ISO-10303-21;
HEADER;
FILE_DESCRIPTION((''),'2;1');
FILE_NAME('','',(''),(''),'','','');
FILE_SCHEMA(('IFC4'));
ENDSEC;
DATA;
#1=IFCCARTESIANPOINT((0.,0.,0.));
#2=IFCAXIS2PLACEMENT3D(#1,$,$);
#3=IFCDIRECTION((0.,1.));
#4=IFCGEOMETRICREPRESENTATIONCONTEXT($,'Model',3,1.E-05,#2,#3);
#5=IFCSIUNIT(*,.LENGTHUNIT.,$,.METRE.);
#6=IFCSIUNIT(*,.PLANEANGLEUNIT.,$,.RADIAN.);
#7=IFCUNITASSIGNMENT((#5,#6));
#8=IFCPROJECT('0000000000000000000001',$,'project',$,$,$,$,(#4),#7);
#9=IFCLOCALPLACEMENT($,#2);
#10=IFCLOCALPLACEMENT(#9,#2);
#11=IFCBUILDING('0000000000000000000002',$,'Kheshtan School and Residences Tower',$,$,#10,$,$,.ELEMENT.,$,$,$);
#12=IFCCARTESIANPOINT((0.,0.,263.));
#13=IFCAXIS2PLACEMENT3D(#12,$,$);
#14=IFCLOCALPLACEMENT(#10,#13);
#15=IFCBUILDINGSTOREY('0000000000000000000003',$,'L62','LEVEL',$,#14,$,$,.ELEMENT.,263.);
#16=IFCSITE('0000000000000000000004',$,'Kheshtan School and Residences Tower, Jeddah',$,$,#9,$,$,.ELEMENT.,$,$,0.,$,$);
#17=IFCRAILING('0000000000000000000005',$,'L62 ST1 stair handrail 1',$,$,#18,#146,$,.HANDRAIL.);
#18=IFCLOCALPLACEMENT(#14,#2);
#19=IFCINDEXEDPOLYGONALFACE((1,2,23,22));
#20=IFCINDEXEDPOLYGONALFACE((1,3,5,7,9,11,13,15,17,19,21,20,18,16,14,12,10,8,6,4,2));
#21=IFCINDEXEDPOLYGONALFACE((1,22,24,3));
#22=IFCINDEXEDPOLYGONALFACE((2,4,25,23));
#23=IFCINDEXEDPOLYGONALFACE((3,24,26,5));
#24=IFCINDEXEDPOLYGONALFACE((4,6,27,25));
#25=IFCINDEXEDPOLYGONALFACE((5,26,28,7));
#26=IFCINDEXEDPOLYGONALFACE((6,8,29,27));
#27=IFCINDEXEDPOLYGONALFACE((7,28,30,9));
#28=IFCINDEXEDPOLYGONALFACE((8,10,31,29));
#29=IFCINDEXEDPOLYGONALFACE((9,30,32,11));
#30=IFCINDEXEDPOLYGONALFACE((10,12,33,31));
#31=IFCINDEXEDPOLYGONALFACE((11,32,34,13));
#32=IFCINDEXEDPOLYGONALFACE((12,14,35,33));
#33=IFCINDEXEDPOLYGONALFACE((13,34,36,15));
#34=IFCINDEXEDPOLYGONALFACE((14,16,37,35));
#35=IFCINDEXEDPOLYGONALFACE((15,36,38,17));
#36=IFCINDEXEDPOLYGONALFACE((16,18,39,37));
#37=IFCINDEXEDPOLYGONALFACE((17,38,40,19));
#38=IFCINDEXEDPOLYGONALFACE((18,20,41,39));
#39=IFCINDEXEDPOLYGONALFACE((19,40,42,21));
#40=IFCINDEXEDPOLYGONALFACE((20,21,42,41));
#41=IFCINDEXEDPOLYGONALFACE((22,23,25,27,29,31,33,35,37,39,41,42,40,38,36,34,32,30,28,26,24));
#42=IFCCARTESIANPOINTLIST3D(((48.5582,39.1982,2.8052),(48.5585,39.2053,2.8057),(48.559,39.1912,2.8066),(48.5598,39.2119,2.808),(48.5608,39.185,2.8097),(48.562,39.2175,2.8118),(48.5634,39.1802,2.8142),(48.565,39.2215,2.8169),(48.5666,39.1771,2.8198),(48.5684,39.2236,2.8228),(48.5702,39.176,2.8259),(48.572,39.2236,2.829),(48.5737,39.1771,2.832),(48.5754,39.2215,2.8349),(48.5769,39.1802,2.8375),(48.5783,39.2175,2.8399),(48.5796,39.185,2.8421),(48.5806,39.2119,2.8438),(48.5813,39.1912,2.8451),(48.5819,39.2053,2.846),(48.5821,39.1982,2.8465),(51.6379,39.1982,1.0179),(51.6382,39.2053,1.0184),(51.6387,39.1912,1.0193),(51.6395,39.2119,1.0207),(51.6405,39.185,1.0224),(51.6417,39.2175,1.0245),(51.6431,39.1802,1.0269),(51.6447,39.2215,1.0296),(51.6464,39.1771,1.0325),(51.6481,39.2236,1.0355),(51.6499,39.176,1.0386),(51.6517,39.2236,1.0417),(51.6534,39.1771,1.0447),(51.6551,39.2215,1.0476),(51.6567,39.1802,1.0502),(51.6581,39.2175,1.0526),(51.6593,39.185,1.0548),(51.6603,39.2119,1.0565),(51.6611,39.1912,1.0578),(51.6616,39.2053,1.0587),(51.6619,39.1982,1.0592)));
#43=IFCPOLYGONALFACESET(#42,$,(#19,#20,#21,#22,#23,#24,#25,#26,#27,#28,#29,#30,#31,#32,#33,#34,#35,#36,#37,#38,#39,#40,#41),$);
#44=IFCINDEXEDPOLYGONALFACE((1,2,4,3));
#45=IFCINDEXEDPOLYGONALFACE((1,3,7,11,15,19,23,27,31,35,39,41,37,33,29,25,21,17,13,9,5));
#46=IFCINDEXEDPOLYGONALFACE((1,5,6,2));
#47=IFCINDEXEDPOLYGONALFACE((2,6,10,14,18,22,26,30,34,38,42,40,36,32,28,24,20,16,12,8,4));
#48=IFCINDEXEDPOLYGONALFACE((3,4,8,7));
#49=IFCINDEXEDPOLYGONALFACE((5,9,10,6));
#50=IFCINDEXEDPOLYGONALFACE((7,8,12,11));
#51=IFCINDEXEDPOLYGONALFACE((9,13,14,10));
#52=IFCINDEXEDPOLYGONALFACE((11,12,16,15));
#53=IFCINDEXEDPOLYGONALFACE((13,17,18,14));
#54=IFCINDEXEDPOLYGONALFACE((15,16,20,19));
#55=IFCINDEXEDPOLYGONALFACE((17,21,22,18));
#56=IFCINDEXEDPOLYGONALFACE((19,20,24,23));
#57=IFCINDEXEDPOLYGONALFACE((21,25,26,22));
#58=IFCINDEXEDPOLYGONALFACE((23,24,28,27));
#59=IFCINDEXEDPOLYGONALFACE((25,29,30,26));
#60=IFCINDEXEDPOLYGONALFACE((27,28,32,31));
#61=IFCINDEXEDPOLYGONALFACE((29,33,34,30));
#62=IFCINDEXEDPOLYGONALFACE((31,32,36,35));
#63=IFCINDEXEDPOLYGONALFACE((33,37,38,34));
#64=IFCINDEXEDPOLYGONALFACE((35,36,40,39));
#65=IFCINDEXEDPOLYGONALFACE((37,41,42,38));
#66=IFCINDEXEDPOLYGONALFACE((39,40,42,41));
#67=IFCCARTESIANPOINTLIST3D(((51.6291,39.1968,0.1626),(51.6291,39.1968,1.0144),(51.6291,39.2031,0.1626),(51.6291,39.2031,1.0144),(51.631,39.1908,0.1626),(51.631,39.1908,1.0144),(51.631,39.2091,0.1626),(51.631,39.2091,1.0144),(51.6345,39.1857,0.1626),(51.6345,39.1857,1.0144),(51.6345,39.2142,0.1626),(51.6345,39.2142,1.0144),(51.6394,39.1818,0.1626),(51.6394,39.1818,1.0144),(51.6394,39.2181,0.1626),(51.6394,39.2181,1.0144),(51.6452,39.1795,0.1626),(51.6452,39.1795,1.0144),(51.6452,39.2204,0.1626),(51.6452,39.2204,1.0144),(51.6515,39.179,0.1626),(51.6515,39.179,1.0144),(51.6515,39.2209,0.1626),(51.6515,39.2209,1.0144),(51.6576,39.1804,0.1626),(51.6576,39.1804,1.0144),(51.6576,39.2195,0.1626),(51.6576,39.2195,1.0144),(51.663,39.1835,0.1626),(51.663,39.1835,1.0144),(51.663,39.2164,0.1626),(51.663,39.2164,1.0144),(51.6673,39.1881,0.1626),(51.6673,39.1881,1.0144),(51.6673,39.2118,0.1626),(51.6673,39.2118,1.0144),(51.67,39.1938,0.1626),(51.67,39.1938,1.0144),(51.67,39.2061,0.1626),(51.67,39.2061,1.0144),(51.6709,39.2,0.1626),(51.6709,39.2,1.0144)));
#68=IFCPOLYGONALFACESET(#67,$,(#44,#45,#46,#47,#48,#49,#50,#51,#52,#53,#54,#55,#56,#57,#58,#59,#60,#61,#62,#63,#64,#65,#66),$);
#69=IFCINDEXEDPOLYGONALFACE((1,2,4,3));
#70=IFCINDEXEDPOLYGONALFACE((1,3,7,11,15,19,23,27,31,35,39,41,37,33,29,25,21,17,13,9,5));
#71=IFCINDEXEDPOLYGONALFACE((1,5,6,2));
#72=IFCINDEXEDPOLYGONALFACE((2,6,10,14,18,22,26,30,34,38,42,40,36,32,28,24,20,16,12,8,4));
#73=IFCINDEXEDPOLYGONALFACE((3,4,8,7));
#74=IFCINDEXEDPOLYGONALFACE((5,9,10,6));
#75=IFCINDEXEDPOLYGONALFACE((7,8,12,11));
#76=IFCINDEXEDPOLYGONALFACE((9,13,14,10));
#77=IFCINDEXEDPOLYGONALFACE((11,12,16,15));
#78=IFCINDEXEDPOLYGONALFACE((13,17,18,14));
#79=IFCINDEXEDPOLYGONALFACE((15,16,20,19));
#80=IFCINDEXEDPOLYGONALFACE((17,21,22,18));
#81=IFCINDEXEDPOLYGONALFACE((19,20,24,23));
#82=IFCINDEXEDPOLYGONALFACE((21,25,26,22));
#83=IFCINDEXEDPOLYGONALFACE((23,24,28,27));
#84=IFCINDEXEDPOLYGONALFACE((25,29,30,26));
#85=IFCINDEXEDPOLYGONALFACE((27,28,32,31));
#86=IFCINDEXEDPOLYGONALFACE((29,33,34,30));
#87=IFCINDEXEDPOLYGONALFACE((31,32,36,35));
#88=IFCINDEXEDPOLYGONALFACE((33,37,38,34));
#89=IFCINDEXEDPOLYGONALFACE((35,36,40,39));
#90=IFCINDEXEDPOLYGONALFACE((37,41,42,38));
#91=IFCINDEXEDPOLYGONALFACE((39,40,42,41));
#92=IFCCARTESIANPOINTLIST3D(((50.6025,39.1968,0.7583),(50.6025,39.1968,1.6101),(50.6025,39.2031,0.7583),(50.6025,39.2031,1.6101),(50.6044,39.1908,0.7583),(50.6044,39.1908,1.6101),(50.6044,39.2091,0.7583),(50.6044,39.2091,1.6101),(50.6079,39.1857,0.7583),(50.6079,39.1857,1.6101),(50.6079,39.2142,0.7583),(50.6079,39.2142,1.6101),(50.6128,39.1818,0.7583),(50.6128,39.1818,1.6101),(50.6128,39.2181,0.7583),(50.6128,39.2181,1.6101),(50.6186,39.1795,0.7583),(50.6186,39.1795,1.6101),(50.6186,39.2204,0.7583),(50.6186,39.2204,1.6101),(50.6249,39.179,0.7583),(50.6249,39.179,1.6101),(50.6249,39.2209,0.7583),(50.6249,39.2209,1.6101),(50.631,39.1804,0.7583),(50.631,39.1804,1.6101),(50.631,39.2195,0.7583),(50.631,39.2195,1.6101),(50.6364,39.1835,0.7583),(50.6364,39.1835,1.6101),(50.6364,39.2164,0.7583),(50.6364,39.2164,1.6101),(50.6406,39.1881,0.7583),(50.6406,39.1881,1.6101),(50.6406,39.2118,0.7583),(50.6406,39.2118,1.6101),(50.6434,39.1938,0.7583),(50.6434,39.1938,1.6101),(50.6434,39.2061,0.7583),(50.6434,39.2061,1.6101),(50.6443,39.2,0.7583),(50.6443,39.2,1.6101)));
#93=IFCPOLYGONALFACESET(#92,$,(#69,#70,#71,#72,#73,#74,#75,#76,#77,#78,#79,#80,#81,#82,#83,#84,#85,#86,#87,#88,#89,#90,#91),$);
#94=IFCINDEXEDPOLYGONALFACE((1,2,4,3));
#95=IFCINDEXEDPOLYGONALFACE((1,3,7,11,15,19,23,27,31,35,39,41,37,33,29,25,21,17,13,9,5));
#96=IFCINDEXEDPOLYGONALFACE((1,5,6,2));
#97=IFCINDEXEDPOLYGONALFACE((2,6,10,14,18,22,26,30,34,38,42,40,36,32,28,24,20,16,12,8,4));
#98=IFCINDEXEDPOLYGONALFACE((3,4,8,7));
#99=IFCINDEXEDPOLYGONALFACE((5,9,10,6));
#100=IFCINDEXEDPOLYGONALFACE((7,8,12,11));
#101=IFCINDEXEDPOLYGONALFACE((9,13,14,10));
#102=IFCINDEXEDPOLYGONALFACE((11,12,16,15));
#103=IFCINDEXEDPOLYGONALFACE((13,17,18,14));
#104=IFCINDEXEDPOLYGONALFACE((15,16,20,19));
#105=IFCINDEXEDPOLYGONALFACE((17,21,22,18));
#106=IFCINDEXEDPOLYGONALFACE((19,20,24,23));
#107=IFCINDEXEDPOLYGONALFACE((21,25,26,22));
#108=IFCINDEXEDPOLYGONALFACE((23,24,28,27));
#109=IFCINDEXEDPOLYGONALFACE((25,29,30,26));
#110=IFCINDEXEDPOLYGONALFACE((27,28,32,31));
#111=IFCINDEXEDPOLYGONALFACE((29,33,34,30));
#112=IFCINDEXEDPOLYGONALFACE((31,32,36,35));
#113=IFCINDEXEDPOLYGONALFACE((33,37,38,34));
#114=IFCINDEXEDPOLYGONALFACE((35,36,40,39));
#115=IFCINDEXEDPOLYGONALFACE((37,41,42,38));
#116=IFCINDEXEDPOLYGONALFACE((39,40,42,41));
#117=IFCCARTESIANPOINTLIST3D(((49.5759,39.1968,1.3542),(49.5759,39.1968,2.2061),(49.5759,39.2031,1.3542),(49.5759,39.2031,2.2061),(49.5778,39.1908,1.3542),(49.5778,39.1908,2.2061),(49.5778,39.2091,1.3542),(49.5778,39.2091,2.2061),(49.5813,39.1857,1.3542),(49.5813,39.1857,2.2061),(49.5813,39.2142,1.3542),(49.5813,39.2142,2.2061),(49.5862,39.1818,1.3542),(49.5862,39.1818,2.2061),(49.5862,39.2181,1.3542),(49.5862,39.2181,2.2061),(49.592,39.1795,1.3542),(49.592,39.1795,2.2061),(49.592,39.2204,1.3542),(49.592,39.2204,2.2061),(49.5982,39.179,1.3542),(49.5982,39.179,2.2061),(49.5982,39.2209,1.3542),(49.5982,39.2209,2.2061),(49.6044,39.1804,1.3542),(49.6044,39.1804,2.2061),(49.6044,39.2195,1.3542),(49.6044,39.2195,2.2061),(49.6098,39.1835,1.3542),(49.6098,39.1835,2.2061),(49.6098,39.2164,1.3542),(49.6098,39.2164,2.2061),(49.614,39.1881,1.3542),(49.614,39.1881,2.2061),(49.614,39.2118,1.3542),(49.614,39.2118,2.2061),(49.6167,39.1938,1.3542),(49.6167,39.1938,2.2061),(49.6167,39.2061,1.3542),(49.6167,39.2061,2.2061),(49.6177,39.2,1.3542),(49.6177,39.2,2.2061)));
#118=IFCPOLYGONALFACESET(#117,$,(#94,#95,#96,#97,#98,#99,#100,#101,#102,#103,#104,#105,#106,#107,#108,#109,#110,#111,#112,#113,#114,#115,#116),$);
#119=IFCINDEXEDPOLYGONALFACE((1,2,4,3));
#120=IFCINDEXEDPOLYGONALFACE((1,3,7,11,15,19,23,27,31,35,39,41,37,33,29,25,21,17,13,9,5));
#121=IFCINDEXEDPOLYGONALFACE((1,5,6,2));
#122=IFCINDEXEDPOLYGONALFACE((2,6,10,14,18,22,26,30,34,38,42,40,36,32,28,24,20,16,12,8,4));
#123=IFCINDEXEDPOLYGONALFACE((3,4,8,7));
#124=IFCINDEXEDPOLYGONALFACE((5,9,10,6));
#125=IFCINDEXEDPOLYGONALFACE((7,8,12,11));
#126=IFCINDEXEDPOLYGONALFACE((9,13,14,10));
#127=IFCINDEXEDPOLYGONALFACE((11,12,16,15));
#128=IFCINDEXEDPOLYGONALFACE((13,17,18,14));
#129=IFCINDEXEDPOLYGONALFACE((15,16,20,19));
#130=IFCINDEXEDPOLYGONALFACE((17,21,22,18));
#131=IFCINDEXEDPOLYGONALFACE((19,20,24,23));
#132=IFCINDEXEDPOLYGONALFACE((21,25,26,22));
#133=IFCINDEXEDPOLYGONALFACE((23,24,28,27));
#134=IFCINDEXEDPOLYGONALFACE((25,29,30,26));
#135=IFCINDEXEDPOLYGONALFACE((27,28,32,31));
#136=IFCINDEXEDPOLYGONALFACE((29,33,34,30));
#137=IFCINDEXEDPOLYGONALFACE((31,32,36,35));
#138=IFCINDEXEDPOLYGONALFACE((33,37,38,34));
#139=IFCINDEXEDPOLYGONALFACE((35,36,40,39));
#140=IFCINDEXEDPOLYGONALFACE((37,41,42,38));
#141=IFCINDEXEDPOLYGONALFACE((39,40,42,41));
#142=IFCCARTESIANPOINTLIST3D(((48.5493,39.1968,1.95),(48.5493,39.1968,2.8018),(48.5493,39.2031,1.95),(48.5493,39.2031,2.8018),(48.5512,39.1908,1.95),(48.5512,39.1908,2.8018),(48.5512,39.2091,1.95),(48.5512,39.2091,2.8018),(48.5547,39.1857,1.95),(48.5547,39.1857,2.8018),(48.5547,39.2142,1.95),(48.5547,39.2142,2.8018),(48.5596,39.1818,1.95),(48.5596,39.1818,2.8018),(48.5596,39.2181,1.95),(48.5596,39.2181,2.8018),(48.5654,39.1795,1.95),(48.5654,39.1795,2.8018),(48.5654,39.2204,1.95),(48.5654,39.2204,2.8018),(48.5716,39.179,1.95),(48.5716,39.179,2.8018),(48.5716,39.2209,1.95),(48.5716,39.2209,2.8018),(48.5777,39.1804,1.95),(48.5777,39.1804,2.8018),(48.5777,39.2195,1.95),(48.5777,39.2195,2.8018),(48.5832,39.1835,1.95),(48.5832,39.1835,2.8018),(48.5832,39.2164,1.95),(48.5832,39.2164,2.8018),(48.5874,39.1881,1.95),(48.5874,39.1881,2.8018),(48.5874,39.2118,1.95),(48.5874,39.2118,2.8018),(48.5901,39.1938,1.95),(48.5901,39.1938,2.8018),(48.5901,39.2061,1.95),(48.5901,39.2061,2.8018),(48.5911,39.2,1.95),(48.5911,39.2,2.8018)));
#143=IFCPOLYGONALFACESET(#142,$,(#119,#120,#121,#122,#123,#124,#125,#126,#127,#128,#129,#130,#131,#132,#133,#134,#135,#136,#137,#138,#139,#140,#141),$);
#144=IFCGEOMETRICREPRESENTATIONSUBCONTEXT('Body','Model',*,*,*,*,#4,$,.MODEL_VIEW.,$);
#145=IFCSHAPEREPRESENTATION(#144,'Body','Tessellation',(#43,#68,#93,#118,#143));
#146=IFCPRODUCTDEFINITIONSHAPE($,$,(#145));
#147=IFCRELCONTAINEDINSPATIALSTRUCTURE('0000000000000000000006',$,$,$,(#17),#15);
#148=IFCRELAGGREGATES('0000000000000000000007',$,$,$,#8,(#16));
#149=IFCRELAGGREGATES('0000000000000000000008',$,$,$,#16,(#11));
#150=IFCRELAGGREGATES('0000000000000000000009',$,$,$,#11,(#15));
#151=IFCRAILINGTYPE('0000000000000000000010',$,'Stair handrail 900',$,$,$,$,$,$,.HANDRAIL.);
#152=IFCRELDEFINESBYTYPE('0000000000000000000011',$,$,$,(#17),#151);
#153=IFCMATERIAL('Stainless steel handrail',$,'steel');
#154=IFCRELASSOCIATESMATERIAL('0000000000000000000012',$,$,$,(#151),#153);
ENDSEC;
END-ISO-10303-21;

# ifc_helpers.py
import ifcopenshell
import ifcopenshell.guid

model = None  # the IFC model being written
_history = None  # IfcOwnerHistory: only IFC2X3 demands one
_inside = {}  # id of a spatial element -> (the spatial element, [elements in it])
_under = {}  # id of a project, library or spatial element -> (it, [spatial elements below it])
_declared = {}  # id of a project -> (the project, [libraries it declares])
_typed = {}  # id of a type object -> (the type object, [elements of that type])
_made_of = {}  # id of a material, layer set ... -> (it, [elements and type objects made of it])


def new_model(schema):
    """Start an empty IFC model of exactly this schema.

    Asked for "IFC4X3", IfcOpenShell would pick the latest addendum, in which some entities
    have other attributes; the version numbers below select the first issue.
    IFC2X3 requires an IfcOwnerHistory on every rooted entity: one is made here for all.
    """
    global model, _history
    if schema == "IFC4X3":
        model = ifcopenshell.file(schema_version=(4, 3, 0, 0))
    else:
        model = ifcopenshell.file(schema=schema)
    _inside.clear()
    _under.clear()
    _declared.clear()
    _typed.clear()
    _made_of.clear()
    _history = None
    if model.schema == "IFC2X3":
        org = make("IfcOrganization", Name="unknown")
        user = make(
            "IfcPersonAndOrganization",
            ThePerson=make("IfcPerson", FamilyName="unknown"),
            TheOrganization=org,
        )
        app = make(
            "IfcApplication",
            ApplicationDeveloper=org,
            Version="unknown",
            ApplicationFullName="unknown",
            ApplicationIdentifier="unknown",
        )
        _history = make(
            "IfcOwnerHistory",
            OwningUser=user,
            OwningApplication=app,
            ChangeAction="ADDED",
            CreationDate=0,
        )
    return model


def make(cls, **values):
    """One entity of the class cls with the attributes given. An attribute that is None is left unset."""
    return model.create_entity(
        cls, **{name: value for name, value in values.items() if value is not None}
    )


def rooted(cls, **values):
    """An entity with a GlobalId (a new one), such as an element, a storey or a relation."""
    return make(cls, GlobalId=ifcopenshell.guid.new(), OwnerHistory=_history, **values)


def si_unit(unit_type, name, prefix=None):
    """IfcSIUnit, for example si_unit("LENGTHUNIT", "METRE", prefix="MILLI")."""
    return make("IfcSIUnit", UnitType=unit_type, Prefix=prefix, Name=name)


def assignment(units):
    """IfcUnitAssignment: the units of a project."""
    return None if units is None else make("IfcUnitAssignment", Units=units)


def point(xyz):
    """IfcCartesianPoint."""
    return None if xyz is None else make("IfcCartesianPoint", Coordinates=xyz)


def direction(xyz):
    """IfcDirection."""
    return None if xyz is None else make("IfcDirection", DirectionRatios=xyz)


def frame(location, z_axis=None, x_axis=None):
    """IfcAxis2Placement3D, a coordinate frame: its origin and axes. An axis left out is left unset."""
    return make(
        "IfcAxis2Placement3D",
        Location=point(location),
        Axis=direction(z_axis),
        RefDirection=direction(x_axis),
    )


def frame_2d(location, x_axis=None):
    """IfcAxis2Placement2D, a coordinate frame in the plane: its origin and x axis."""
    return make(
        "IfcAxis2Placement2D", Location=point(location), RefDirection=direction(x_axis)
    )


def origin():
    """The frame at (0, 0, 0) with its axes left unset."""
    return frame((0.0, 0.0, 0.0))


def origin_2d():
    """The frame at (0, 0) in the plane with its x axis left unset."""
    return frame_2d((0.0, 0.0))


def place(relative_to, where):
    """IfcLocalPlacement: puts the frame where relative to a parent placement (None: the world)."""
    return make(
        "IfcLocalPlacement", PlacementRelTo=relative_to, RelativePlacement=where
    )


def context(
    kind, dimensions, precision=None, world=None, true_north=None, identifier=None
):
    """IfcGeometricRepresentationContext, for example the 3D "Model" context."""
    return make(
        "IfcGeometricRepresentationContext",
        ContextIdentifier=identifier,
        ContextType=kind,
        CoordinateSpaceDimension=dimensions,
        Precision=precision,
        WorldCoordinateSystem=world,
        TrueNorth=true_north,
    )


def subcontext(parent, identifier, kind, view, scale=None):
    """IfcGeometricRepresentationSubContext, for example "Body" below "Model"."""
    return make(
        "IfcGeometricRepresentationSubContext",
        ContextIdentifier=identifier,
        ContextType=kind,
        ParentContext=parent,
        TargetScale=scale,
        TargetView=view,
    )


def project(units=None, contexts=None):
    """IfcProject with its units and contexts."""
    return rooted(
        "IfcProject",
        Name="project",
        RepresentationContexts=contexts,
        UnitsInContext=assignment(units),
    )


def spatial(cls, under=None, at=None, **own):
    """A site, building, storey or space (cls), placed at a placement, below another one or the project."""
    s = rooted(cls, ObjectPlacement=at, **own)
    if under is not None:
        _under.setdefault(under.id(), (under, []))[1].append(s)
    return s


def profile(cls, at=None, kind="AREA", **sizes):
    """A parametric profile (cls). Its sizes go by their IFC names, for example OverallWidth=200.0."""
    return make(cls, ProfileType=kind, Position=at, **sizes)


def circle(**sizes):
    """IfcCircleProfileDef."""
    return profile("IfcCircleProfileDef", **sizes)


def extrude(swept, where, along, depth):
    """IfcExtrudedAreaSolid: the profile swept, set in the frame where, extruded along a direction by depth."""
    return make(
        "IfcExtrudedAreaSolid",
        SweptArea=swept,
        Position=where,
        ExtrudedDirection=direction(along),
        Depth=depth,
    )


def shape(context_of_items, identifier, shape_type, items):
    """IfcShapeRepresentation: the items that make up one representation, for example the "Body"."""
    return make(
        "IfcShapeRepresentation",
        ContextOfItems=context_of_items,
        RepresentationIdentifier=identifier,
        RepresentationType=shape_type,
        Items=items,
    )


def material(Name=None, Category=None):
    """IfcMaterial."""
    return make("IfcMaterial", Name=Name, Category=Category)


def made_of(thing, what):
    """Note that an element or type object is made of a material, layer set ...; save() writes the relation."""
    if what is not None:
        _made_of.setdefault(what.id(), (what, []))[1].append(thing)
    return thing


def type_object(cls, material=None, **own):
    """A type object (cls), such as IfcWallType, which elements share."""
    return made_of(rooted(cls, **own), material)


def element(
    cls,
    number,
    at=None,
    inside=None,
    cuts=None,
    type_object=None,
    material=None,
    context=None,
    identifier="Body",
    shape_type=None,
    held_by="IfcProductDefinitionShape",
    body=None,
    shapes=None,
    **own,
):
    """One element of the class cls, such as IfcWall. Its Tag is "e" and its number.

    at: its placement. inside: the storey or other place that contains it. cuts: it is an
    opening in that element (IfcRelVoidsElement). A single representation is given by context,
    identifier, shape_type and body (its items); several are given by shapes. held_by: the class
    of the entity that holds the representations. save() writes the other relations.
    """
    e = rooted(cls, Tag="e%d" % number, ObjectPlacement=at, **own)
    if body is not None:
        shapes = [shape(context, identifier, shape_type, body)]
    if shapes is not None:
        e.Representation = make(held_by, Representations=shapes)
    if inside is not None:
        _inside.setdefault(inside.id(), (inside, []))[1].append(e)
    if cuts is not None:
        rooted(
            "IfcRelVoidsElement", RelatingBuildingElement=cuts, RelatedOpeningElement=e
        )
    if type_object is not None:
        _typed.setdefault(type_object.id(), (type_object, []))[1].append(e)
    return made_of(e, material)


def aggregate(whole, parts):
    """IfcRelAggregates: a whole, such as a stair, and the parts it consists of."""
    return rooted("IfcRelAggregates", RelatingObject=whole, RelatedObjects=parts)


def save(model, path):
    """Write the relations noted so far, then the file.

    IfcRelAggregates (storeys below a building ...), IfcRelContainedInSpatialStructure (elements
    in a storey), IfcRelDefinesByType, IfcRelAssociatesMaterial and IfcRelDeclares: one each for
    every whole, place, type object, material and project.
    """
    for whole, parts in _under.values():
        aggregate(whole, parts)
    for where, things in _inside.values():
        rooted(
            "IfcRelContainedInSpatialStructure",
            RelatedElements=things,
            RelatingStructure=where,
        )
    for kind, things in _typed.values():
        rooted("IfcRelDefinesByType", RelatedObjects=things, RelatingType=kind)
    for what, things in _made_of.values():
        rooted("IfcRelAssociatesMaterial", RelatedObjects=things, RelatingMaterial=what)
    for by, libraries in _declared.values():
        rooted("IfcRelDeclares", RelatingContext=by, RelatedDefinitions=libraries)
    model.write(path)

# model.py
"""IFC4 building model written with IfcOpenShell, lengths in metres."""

from ifc_helpers import new_model, si_unit, direction, frame, origin, origin_2d, place, context, subcontext, project, spatial, circle, extrude, material, type_object, element, save


model = new_model("IFC4")

# Units and contexts
model_context = context("Model", 3, precision=1e-05, world=origin(), true_north=direction((0.0, 1.0)))
body_context = subcontext(model_context, "Body", "Model", "MODEL_VIEW")
ifc_project = project(units=[si_unit("LENGTHUNIT", "METRE"), si_unit("PLANEANGLEUNIT", "RADIAN")], contexts=[model_context])

# Site, building, storey
site_placement = place(None, origin())
site = spatial("IfcSite", under=ifc_project, at=site_placement, Name="Kheshtan School and Residences Tower, Jeddah", CompositionType="ELEMENT", RefElevation=0.0)
building_placement = place(site_placement, origin())
building = spatial("IfcBuilding", under=site, at=building_placement, Name="Kheshtan School and Residences Tower", CompositionType="ELEMENT")
storey_placement = place(building_placement, frame((0.0, 0.0, 263.0)))
storey = spatial("IfcBuildingStorey", under=building, at=storey_placement, Name="L62", Description="LEVEL", CompositionType="ELEMENT", Elevation=263.0)

# Railing
ifc_material_1 = material(Name="Stainless steel handrail", Category="steel")
railing_type_1 = type_object("IfcRailingType", Name="Stair handrail 900", PredefinedType="HANDRAIL", material=ifc_material_1)
railing_1_placement = place(storey_placement, frame((51.6499, 39.2, 0.1626)))
element("IfcRailing", 1, at=railing_1_placement, inside=storey, type_object=railing_type_1, Name="L62 ST1 stair handrail 1", PredefinedType="HANDRAIL", context=body_context, shape_type="SweptSolid", body=[
    extrude(circle(Radius=0.0239, at=origin_2d()), frame((0.0, 0.0, 0.876), z_axis=(-0.864903, 0.0, 0.501939), x_axis=(0.0, -1.0, 0.0)), (0.0, 0.0, 1.0), 3.5608),
    extrude(circle(Radius=0.021, at=origin_2d()), origin(), (0.0, 0.0, 1.0), 0.8518),
    extrude(circle(Radius=0.021, at=origin_2d()), frame((-1.0266, 0.0, 0.5957)), (0.0, 0.0, 1.0), 0.8518),
    extrude(circle(Radius=0.021, at=origin_2d()), frame((-2.0532, 0.0, 1.1917)), (0.0, 0.0, 1.0), 0.8518),
    extrude(circle(Radius=0.021, at=origin_2d()), frame((-3.0798, 0.0, 1.7874)), (0.0, 0.0, 1.0), 0.8518),
])

save(model, "model.ifc")
